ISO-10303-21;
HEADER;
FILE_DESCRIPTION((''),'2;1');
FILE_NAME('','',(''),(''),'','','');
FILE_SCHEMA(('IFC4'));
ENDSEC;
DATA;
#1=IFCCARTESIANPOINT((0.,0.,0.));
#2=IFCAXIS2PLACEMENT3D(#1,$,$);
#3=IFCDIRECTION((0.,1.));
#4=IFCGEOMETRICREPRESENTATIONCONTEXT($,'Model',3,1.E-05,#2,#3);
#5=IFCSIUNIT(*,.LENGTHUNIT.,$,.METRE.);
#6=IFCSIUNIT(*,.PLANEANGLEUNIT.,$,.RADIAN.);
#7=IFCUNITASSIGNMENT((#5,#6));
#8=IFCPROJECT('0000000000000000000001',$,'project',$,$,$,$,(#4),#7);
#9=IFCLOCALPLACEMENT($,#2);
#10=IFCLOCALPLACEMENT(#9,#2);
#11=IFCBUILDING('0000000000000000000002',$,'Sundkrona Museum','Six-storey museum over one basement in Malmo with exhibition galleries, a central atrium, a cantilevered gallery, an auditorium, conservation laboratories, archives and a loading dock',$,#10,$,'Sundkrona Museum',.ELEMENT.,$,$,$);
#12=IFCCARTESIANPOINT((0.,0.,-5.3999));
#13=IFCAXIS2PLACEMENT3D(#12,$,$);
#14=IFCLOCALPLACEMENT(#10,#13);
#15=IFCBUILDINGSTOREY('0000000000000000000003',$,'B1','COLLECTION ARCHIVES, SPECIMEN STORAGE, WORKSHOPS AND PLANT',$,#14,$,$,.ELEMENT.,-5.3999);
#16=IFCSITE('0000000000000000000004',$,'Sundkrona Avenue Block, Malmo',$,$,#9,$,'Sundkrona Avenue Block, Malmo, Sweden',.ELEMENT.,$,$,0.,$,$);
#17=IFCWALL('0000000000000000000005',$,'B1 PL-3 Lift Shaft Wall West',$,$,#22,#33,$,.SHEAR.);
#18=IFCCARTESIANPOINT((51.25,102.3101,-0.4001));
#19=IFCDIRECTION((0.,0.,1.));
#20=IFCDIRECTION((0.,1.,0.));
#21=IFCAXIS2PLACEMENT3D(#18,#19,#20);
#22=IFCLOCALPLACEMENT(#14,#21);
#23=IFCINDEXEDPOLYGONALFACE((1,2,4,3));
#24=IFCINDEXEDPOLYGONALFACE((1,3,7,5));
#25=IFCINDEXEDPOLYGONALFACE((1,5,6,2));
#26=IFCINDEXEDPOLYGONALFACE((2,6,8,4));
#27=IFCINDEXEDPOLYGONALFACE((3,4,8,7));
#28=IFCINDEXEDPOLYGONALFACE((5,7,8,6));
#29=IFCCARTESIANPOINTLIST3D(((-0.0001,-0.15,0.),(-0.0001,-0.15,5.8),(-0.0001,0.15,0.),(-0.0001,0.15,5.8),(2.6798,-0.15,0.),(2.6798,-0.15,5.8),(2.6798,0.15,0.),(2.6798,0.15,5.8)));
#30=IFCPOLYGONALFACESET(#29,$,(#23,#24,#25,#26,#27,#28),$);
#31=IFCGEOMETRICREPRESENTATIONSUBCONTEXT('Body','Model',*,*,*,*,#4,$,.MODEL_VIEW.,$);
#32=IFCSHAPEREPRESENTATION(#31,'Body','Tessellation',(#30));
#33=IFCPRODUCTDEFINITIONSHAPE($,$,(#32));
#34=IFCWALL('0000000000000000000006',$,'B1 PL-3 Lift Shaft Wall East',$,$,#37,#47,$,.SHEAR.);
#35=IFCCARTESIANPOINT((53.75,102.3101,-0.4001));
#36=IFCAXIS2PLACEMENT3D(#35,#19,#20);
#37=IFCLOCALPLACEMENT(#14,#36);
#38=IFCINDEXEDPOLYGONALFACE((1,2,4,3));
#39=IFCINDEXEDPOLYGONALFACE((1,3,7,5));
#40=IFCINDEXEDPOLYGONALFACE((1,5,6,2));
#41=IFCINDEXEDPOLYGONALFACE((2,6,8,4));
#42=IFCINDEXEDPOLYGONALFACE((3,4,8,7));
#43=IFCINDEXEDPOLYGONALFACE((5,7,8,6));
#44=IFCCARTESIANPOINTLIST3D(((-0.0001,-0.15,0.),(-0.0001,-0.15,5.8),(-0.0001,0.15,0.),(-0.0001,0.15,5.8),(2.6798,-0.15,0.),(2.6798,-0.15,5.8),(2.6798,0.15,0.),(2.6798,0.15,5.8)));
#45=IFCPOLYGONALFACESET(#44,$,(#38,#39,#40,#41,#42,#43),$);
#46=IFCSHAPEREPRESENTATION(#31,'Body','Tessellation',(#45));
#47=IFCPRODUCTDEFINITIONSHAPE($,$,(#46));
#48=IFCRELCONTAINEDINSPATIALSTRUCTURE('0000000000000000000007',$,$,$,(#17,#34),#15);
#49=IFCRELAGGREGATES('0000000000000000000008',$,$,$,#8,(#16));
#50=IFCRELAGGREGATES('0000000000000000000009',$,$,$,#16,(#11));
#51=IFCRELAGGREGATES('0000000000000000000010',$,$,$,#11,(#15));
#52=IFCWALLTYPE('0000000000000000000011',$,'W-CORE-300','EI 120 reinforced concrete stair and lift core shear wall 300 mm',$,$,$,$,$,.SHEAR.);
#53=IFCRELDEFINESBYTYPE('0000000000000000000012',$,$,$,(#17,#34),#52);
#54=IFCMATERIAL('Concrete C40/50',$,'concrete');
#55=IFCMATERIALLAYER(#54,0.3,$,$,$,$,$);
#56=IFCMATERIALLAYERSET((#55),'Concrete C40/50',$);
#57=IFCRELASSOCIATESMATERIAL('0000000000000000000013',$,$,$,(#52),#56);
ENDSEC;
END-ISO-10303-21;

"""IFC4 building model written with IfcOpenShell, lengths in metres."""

from ifc_helpers import new_model, si_unit, direction, frame, frame_2d, origin, place, context, subcontext, project, spatial, rectangle, extrude, material, layer, layer_set, type_object, element, save


model = new_model("IFC4")

# Units and contexts
model_context = context("Model", 3, precision=1e-05, world=origin(), true_north=direction((0.0, 1.0)))
body_context = subcontext(model_context, "Body", "Model", "MODEL_VIEW")
ifc_project = project(units=[si_unit("LENGTHUNIT", "METRE"), si_unit("PLANEANGLEUNIT", "RADIAN")], contexts=[model_context])

# Site, building, storey
site_placement = place(None, origin())
site = spatial("IfcSite", under=ifc_project, at=site_placement, Name="Sundkrona Avenue Block, Malmo", LongName="Sundkrona Avenue Block, Malmo, Sweden", CompositionType="ELEMENT", RefElevation=0.0)
building_placement = place(site_placement, origin())
building = spatial("IfcBuilding", under=site, at=building_placement, Name="Sundkrona Museum", Description="Six-storey museum over one basement in Malmo with exhibition galleries, a central atrium, a cantilevered gallery, an auditorium, conservation laboratories, archives and a loading dock", LongName="Sundkrona Museum", CompositionType="ELEMENT")
storey_placement = place(building_placement, frame((0.0, 0.0, -5.3999)))
storey = spatial("IfcBuildingStorey", under=building, at=storey_placement, Name="B1", Description="COLLECTION ARCHIVES, SPECIMEN STORAGE, WORKSHOPS AND PLANT", CompositionType="ELEMENT", Elevation=-5.3999)

# Shared definitions
ifc_material_1 = material(Name="Concrete C40/50", Category="concrete")

# Shared definitions
ifc_layer_1 = layer(ifc_material_1, 0.3)
ifc_layer_set_1 = layer_set([ifc_layer_1], Name="Concrete C40/50")
wall_type_1 = type_object("IfcWallType", Name="W-CORE-300", Description="EI 120 reinforced concrete stair and lift core shear wall 300 mm", PredefinedType="SHEAR", material=ifc_layer_set_1)

# Walls
for number, where, z_axis, x_axis, name in (
    (1, (51.25, 102.3101, -0.4001), (0.0, 0.0, 1.0), (0.0, 1.0, 0.0), "B1 PL-3 Lift Shaft Wall West"),
    (2, (53.75, 102.3101, -0.4001), (0.0, 0.0, 1.0), (0.0, 1.0, 0.0), "B1 PL-3 Lift Shaft Wall East"),
):
    element("IfcWall", number, at=place(storey_placement, frame(where, z_axis=z_axis, x_axis=x_axis)), inside=storey, type_object=wall_type_1, Name=name, PredefinedType="SHEAR", context=body_context, shape_type="SweptSolid", body=[
        extrude(rectangle(XDim=2.6799, YDim=0.3, at=frame_2d((1.3398, 0.0))), origin(), (0.0, 0.0, 1.0), 5.8),
    ])

save(model, "model.ifc")
